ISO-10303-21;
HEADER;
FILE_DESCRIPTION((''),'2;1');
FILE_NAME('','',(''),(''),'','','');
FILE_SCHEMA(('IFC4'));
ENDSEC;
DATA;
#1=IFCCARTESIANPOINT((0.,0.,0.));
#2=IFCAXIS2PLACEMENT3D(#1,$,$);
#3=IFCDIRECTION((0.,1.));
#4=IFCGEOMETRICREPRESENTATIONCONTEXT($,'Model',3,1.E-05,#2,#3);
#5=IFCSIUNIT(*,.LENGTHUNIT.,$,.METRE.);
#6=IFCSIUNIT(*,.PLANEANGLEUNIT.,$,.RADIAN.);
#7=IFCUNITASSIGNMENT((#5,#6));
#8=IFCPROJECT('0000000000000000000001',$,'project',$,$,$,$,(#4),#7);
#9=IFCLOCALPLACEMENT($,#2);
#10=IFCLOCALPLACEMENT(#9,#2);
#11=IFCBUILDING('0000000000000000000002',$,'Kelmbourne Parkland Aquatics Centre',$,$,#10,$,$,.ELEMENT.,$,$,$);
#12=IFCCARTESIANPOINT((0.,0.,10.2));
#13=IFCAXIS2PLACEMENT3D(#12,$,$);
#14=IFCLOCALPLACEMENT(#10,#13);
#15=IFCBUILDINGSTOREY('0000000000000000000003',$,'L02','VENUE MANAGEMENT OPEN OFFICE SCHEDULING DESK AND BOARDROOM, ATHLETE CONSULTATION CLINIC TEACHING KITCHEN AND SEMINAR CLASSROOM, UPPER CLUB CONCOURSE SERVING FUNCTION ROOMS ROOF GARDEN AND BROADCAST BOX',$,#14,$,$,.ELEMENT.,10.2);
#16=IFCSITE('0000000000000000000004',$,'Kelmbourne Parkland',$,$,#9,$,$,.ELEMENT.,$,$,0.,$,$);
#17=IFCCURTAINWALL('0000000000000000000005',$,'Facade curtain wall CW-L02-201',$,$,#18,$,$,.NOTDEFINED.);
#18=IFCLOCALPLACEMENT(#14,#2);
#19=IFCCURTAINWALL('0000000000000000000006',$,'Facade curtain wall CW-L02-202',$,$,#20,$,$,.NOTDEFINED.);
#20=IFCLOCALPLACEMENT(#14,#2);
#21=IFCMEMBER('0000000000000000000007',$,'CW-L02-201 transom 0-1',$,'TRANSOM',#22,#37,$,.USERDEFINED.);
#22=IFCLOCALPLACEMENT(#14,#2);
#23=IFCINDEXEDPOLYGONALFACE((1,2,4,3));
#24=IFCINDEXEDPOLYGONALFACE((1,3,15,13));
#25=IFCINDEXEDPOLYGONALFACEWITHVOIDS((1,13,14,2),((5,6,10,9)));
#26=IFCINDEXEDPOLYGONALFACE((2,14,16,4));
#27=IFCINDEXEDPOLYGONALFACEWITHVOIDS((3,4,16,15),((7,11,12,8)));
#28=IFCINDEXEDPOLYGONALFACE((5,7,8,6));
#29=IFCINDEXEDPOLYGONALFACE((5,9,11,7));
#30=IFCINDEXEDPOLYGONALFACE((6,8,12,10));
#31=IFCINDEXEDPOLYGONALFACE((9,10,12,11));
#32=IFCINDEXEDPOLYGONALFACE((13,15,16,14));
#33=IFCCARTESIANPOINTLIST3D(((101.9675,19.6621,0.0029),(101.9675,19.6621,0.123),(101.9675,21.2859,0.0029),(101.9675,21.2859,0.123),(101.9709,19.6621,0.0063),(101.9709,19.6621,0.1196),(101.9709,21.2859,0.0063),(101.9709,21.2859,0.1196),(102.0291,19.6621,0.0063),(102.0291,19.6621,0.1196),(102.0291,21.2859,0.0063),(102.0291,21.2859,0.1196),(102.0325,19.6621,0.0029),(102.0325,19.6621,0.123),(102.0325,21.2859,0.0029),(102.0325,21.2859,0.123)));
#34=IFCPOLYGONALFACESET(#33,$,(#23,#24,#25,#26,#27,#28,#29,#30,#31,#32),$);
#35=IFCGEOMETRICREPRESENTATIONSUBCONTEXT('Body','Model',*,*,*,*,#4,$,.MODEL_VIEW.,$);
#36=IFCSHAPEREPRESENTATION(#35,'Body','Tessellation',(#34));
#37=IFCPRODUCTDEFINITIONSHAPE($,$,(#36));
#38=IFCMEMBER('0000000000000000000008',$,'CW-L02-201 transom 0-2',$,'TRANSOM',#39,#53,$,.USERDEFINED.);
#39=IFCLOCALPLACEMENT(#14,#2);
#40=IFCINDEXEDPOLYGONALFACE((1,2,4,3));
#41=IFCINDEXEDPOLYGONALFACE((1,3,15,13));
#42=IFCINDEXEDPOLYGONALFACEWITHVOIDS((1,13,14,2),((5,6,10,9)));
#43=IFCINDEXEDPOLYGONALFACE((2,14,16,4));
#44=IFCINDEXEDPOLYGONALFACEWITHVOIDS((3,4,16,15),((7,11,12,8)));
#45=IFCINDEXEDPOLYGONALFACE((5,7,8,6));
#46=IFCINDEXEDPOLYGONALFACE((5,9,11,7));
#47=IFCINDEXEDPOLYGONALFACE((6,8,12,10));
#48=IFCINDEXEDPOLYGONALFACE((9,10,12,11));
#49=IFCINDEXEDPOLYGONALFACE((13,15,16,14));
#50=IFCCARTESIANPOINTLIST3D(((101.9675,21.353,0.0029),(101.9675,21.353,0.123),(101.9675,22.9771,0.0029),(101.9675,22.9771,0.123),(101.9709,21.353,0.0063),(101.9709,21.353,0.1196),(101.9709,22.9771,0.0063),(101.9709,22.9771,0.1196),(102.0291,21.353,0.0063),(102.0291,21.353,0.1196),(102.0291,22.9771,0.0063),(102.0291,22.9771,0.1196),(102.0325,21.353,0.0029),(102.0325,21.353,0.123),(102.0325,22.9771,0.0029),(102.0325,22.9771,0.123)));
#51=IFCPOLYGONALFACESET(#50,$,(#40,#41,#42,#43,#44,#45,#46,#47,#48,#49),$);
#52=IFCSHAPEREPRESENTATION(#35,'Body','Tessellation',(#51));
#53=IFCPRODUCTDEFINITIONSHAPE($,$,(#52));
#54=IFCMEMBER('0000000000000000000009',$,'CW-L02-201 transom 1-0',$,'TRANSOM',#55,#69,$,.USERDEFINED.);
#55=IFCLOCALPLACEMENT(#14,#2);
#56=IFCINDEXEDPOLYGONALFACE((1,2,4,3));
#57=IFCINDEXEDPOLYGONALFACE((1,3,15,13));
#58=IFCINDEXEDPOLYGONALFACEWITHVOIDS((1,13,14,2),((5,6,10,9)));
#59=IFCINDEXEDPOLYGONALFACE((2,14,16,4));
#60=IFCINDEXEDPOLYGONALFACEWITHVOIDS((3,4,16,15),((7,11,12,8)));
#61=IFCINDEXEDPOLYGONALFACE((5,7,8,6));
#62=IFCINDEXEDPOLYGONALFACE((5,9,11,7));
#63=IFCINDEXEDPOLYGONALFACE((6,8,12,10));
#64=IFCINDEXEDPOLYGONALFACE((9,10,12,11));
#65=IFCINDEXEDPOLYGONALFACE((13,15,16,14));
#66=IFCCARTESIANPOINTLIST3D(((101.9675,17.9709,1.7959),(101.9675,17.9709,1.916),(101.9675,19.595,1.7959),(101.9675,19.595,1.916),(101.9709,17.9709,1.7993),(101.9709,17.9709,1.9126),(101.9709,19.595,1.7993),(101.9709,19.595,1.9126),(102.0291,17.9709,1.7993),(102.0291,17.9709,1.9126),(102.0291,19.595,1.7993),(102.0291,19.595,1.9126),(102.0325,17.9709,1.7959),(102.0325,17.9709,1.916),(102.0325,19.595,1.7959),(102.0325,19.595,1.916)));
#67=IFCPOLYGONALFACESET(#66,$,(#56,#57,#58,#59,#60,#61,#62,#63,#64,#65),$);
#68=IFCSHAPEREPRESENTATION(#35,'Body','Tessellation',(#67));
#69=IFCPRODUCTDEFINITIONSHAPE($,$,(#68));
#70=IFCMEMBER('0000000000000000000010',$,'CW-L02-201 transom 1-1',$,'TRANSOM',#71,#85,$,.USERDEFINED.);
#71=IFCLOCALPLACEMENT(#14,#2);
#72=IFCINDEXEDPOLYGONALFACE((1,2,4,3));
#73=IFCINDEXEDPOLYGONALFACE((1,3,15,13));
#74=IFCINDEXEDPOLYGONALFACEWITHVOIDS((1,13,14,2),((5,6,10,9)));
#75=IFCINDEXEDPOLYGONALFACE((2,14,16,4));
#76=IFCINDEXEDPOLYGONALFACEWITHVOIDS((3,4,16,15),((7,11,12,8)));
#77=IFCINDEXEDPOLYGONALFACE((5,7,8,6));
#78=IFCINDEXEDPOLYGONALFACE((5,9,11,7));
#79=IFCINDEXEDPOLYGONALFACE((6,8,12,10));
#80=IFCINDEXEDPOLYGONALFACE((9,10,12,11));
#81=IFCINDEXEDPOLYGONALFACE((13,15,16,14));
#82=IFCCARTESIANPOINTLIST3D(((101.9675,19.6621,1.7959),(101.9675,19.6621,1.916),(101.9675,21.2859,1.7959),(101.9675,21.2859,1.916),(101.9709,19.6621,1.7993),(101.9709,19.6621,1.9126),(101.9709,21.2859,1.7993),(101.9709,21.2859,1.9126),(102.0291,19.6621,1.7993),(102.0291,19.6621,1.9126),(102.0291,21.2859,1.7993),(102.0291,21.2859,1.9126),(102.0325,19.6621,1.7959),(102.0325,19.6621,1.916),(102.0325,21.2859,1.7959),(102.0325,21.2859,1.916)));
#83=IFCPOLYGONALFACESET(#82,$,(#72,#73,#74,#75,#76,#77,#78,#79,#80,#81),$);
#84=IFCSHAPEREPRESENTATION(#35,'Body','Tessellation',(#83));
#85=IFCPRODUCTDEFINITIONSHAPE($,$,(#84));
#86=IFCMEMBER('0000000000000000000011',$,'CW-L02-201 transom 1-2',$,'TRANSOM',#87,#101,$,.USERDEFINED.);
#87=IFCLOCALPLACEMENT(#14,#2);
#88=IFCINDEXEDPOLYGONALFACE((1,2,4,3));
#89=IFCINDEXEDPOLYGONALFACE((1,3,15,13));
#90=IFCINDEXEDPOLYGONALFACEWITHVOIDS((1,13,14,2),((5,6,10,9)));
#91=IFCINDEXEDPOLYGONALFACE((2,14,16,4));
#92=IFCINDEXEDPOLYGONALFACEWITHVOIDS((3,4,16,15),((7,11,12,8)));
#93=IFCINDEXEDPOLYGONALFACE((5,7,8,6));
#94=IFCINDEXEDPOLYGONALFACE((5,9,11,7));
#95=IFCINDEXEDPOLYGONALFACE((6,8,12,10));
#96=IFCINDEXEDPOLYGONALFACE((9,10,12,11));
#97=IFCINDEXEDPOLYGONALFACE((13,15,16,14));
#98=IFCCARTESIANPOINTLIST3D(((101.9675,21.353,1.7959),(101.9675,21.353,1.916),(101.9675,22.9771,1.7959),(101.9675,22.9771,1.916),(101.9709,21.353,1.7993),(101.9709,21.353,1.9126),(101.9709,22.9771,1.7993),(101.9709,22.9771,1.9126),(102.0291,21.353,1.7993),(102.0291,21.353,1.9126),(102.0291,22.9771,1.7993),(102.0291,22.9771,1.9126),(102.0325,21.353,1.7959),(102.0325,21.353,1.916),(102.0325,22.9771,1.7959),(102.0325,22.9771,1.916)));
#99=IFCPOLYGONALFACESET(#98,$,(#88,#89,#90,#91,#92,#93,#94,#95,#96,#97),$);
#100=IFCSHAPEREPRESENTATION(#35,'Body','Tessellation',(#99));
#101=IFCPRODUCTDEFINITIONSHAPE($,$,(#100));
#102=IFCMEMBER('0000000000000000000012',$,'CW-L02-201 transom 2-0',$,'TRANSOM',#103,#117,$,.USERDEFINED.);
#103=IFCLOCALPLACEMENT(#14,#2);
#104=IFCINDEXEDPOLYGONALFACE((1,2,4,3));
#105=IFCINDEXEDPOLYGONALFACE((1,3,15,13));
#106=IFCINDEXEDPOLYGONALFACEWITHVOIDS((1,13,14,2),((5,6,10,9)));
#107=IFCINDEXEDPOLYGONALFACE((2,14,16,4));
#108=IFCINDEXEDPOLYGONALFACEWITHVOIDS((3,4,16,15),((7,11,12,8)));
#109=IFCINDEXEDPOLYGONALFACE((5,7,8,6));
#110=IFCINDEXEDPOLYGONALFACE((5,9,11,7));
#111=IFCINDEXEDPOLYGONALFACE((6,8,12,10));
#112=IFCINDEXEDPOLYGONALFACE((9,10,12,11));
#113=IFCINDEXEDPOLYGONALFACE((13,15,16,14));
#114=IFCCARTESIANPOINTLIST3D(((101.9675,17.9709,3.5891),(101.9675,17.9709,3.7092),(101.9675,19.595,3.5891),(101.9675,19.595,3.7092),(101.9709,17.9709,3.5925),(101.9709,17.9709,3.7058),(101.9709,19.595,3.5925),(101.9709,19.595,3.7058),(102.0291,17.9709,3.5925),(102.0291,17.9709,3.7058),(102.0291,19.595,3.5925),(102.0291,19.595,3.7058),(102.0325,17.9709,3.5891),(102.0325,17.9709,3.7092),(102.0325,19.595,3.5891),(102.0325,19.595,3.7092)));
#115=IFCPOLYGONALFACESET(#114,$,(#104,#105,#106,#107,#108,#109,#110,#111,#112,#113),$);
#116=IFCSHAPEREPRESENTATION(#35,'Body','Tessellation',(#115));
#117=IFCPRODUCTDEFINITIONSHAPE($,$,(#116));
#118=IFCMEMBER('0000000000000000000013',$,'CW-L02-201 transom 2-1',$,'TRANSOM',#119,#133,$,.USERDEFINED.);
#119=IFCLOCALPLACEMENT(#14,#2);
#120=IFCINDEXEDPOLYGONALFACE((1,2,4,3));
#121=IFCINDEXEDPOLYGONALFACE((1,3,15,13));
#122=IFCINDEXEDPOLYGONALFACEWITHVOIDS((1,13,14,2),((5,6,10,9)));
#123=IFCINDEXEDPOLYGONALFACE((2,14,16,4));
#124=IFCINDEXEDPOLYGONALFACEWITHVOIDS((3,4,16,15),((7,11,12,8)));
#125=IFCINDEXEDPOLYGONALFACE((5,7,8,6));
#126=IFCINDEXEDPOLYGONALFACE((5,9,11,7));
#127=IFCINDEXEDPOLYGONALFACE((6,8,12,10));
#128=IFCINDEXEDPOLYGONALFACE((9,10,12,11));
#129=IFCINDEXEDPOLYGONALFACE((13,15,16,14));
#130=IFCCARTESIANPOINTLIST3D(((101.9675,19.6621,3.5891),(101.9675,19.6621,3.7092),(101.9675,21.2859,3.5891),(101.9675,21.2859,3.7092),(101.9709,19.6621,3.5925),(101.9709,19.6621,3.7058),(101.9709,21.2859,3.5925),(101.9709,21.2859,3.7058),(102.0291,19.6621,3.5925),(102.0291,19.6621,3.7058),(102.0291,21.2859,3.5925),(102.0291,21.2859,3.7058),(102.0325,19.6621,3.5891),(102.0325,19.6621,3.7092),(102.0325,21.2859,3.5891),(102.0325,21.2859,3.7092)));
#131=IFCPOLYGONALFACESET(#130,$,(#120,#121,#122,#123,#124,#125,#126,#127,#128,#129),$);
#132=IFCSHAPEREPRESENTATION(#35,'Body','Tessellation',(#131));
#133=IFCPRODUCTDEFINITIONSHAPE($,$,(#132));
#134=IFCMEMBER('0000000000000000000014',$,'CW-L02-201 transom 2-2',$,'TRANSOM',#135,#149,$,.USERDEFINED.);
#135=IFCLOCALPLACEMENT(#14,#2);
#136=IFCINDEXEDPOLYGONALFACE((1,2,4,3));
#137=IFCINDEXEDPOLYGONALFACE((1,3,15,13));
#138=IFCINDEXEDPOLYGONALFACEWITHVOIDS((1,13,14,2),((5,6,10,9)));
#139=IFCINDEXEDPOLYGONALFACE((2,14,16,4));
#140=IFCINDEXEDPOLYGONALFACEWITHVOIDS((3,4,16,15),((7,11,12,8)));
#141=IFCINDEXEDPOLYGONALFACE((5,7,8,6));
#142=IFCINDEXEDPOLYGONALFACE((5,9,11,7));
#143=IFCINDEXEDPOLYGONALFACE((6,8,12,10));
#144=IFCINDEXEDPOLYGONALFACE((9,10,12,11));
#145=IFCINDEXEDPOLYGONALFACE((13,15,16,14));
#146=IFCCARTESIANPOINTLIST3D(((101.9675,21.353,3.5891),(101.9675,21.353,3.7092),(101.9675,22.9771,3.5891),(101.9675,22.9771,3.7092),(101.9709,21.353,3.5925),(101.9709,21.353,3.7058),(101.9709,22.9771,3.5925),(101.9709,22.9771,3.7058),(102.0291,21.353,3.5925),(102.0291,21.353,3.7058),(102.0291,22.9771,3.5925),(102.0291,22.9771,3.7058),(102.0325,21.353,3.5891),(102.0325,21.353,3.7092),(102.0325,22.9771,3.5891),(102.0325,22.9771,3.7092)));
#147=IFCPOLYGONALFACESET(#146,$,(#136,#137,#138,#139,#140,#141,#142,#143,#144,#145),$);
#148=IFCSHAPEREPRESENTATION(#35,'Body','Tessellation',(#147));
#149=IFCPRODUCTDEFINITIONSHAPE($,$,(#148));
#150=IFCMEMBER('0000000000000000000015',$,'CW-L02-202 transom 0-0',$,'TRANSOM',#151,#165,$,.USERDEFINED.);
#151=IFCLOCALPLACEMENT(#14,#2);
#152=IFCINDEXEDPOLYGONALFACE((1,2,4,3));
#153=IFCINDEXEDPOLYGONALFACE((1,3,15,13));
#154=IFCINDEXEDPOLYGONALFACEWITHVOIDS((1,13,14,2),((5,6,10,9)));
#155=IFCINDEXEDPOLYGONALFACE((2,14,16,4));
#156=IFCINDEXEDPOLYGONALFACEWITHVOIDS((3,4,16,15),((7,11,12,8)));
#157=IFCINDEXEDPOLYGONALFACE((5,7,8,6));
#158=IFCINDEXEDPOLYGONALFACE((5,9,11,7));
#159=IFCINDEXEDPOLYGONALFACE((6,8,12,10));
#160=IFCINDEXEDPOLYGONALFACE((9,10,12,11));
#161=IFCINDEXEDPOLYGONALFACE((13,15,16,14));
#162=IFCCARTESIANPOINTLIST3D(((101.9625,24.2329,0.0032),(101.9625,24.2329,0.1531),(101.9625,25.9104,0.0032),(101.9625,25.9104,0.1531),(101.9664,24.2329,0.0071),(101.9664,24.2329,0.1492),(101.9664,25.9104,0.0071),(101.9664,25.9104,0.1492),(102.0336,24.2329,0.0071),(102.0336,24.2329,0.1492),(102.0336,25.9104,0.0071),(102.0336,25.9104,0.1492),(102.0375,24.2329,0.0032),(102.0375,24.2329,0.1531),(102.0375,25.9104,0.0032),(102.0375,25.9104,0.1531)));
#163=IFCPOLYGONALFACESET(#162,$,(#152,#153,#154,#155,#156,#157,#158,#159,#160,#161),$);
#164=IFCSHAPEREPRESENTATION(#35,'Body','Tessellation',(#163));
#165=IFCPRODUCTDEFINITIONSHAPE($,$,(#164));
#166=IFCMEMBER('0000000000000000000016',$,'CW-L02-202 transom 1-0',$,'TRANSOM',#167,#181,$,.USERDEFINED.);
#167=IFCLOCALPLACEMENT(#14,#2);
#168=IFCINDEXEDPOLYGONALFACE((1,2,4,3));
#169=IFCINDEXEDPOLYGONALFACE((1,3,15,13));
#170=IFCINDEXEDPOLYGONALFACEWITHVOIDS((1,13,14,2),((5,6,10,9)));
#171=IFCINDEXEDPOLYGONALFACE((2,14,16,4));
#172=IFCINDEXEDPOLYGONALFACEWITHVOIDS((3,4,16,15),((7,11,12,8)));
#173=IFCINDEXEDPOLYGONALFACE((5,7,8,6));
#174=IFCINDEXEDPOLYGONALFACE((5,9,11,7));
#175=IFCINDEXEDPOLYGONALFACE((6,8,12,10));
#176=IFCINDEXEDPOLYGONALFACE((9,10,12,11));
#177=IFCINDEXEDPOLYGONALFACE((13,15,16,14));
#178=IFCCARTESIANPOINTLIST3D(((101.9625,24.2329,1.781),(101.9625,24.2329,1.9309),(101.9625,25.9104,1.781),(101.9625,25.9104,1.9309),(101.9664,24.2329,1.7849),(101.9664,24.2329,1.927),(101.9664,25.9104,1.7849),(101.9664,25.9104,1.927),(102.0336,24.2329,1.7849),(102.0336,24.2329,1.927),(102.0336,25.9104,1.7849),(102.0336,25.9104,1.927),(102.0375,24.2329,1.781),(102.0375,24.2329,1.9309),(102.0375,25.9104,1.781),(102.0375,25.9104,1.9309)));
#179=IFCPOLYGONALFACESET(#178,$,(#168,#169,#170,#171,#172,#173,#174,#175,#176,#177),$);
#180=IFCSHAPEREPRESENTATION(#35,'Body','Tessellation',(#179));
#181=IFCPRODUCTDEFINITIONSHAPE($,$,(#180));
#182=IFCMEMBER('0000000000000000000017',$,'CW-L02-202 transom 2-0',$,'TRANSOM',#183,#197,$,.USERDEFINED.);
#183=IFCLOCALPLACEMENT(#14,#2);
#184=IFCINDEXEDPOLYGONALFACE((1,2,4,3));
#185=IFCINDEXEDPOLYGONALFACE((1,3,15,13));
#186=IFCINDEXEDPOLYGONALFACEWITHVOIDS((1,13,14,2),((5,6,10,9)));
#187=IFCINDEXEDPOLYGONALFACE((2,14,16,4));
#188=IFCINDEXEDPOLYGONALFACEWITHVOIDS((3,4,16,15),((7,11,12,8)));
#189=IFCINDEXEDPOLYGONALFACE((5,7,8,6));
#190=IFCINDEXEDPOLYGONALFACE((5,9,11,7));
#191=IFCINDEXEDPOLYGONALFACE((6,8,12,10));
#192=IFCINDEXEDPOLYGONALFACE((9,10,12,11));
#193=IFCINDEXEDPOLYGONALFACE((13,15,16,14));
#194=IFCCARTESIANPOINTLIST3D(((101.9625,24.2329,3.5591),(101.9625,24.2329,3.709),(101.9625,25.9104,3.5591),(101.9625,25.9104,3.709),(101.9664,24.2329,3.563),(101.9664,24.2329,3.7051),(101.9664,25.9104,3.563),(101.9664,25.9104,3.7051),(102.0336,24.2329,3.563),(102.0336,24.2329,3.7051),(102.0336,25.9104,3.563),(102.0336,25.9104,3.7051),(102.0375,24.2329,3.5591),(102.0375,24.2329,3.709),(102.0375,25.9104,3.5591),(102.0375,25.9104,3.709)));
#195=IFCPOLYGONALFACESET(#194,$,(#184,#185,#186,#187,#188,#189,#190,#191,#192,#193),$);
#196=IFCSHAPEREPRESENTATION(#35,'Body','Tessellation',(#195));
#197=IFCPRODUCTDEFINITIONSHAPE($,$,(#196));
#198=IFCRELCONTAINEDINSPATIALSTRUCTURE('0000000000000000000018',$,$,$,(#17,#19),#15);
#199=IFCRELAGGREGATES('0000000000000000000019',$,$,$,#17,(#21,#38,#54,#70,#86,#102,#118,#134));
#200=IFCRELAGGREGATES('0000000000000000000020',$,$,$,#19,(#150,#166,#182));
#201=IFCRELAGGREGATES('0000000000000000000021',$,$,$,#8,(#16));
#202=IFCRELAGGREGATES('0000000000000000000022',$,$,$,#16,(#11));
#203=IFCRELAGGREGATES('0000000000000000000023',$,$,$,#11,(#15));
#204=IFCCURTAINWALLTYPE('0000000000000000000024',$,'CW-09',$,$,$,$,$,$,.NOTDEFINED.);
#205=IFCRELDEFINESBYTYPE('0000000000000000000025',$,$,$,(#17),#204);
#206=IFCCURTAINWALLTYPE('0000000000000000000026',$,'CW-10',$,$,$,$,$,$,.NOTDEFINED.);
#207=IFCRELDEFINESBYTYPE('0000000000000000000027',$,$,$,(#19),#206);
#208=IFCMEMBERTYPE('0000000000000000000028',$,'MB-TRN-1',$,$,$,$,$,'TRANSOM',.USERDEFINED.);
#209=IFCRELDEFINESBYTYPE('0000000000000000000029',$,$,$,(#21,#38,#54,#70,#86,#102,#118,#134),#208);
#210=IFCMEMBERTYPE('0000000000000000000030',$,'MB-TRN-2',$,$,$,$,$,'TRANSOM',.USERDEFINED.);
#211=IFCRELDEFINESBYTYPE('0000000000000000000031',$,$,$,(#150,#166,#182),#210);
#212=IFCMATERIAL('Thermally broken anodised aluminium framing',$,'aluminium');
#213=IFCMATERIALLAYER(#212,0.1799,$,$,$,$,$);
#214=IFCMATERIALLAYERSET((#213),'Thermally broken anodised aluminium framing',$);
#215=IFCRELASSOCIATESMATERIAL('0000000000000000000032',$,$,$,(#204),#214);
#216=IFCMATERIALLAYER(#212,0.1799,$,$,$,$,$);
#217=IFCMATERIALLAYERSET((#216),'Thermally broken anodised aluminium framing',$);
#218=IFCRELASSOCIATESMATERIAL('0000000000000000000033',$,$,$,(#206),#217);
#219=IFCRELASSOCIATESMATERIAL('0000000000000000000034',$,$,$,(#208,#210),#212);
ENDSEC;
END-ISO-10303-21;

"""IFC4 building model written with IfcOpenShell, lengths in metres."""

from ifc_helpers import new_model, si_unit, direction, frame, origin, origin_2d, place, context, subcontext, project, spatial, hollow_rectangle, extrude, material, layer, layer_set, material_profile, profile_set, type_object, element, aggregate, save


model = new_model("IFC4")

# Units and contexts
model_context = context("Model", 3, precision=1e-05, world=origin(), true_north=direction((0.0, 1.0)))
body_context = subcontext(model_context, "Body", "Model", "MODEL_VIEW")
ifc_project = project(units=[si_unit("LENGTHUNIT", "METRE"), si_unit("PLANEANGLEUNIT", "RADIAN")], contexts=[model_context])

# Site, building, storey
site_placement = place(None, origin())
site = spatial("IfcSite", under=ifc_project, at=site_placement, Name="Kelmbourne Parkland", CompositionType="ELEMENT", RefElevation=0.0)
building_placement = place(site_placement, origin())
building = spatial("IfcBuilding", under=site, at=building_placement, Name="Kelmbourne Parkland Aquatics Centre", CompositionType="ELEMENT")
storey_placement = place(building_placement, frame((0.0, 0.0, 10.2)))
storey = spatial("IfcBuildingStorey", under=building, at=storey_placement, Name="L02", Description="VENUE MANAGEMENT OPEN OFFICE SCHEDULING DESK AND BOARDROOM, ATHLETE CONSULTATION CLINIC TEACHING KITCHEN AND SEMINAR CLASSROOM, UPPER CLUB CONCOURSE SERVING FUNCTION ROOMS ROOF GARDEN AND BROADCAST BOX", CompositionType="ELEMENT", Elevation=10.2)

# Shared definitions
ifc_material_1 = material(Name="Thermally broken anodised aluminium framing", Category="aluminium")

# Curtain wall
ifc_layer_1 = layer(ifc_material_1, 0.1799)
ifc_layer_set_1 = layer_set([ifc_layer_1], Name="Thermally broken anodised aluminium framing")
curtain_wall_type_1 = type_object("IfcCurtainWallType", Name="CW-09", PredefinedType="NOTDEFINED", material=ifc_layer_set_1)
curtain_wall_1_placement = place(storey_placement, origin())
curtain_wall_1 = element("IfcCurtainWall", 1, at=curtain_wall_1_placement, inside=storey, type_object=curtain_wall_type_1, Name="Facade curtain wall CW-L02-201", PredefinedType="NOTDEFINED")

# Curtain wall
ifc_layer_2 = layer(ifc_material_1, 0.1799)
ifc_layer_set_2 = layer_set([ifc_layer_2], Name="Thermally broken anodised aluminium framing")
curtain_wall_type_2 = type_object("IfcCurtainWallType", Name="CW-10", PredefinedType="NOTDEFINED", material=ifc_layer_set_2)
curtain_wall_2_placement = place(storey_placement, origin())
curtain_wall_2 = element("IfcCurtainWall", 2, at=curtain_wall_2_placement, inside=storey, type_object=curtain_wall_type_2, Name="Facade curtain wall CW-L02-202", PredefinedType="NOTDEFINED")

# Members
ifc_material_profile_1 = material_profile(ifc_material_1, hollow_rectangle(XDim=0.0649, YDim=0.1201, WallThickness=0.0034, at=origin_2d()), Name="CW-T 65x120")
ifc_profile_set_1 = profile_set([ifc_material_profile_1], Name="Thermally broken anodised aluminium framing")
member_type_1 = type_object("IfcMemberType", Name="MB-TRN-1", ElementType="TRANSOM", PredefinedType="USERDEFINED", material=ifc_profile_set_1)
member_1_placement = place(storey_placement, frame((102.0, 19.6621, 0.063), z_axis=(0.0, 1.0, 0.0), x_axis=(-1.0, 0.0, 0.0)))
member_1 = element("IfcMember", 3, at=member_1_placement, type_object=member_type_1, Name="CW-L02-201 transom 0-1", ObjectType="TRANSOM", PredefinedType="USERDEFINED", context=body_context, shape_type="SweptSolid", body=[
    extrude(hollow_rectangle(XDim=0.0649, YDim=0.1201, WallThickness=0.0034, at=origin_2d()), origin(), (0.0, 0.0, 1.0), 1.6238),
])
member_2_placement = place(storey_placement, frame((102.0, 21.353, 0.063), z_axis=(0.0, 1.0, 0.0), x_axis=(-1.0, 0.0, 0.0)))
member_2 = element("IfcMember", 4, at=member_2_placement, type_object=member_type_1, Name="CW-L02-201 transom 0-2", ObjectType="TRANSOM", PredefinedType="USERDEFINED", context=body_context, shape_type="SweptSolid", body=[
    extrude(hollow_rectangle(XDim=0.0649, YDim=0.1201, WallThickness=0.0034, at=origin_2d()), origin(), (0.0, 0.0, 1.0), 1.624),
])
member_3_placement = place(storey_placement, frame((102.0, 17.9709, 1.856), z_axis=(0.0, 1.0, 0.0), x_axis=(-1.0, 0.0, 0.0)))
member_3 = element("IfcMember", 5, at=member_3_placement, type_object=member_type_1, Name="CW-L02-201 transom 1-0", ObjectType="TRANSOM", PredefinedType="USERDEFINED", context=body_context, shape_type="SweptSolid", body=[
    extrude(hollow_rectangle(XDim=0.0649, YDim=0.1201, WallThickness=0.0034, at=origin_2d()), origin(), (0.0, 0.0, 1.0), 1.624),
])
member_4_placement = place(storey_placement, frame((102.0, 19.6621, 1.856), z_axis=(0.0, 1.0, 0.0), x_axis=(-1.0, 0.0, 0.0)))
member_4 = element("IfcMember", 6, at=member_4_placement, type_object=member_type_1, Name="CW-L02-201 transom 1-1", ObjectType="TRANSOM", PredefinedType="USERDEFINED", context=body_context, shape_type="SweptSolid", body=[
    extrude(hollow_rectangle(XDim=0.0649, YDim=0.1201, WallThickness=0.0034, at=origin_2d()), origin(), (0.0, 0.0, 1.0), 1.6238),
])
member_5_placement = place(storey_placement, frame((102.0, 21.353, 1.856), z_axis=(0.0, 1.0, 0.0), x_axis=(-1.0, 0.0, 0.0)))
member_5 = element("IfcMember", 7, at=member_5_placement, type_object=member_type_1, Name="CW-L02-201 transom 1-2", ObjectType="TRANSOM", PredefinedType="USERDEFINED", context=body_context, shape_type="SweptSolid", body=[
    extrude(hollow_rectangle(XDim=0.0649, YDim=0.1201, WallThickness=0.0034, at=origin_2d()), origin(), (0.0, 0.0, 1.0), 1.624),
])
member_6_placement = place(storey_placement, frame((102.0, 17.9709, 3.6492), z_axis=(0.0, 1.0, 0.0), x_axis=(-1.0, 0.0, 0.0)))
member_6 = element("IfcMember", 8, at=member_6_placement, type_object=member_type_1, Name="CW-L02-201 transom 2-0", ObjectType="TRANSOM", PredefinedType="USERDEFINED", context=body_context, shape_type="SweptSolid", body=[
    extrude(hollow_rectangle(XDim=0.0649, YDim=0.1201, WallThickness=0.0034, at=origin_2d()), origin(), (0.0, 0.0, 1.0), 1.624),
])
member_7_placement = place(storey_placement, frame((102.0, 19.6621, 3.6492), z_axis=(0.0, 1.0, 0.0), x_axis=(-1.0, 0.0, 0.0)))
member_7 = element("IfcMember", 9, at=member_7_placement, type_object=member_type_1, Name="CW-L02-201 transom 2-1", ObjectType="TRANSOM", PredefinedType="USERDEFINED", context=body_context, shape_type="SweptSolid", body=[
    extrude(hollow_rectangle(XDim=0.0649, YDim=0.1201, WallThickness=0.0034, at=origin_2d()), origin(), (0.0, 0.0, 1.0), 1.6238),
])
member_8_placement = place(storey_placement, frame((102.0, 21.353, 3.6492), z_axis=(0.0, 1.0, 0.0), x_axis=(-1.0, 0.0, 0.0)))
member_8 = element("IfcMember", 10, at=member_8_placement, type_object=member_type_1, Name="CW-L02-201 transom 2-2", ObjectType="TRANSOM", PredefinedType="USERDEFINED", context=body_context, shape_type="SweptSolid", body=[
    extrude(hollow_rectangle(XDim=0.0649, YDim=0.1201, WallThickness=0.0034, at=origin_2d()), origin(), (0.0, 0.0, 1.0), 1.624),
])
ifc_material_profile_2 = material_profile(ifc_material_1, hollow_rectangle(XDim=0.075, YDim=0.1499, WallThickness=0.0039, at=origin_2d()), Name="CW-T 75x150")
ifc_profile_set_2 = profile_set([ifc_material_profile_2], Name="Thermally broken anodised aluminium framing")
member_type_2 = type_object("IfcMemberType", Name="MB-TRN-2", ElementType="TRANSOM", PredefinedType="USERDEFINED", material=ifc_profile_set_2)
member_9_placement = place(storey_placement, frame((102.0, 24.2329, 0.0781), z_axis=(0.0, 1.0, 0.0), x_axis=(-1.0, 0.0, 0.0)))
member_9 = element("IfcMember", 11, at=member_9_placement, type_object=member_type_2, Name="CW-L02-202 transom 0-0", ObjectType="TRANSOM", PredefinedType="USERDEFINED", context=body_context, shape_type="SweptSolid", body=[
    extrude(hollow_rectangle(XDim=0.075, YDim=0.1499, WallThickness=0.0039, at=origin_2d()), origin(), (0.0, 0.0, 1.0), 1.6775),
])
member_10_placement = place(storey_placement, frame((102.0, 24.2329, 1.856), z_axis=(0.0, 1.0, 0.0), x_axis=(-1.0, 0.0, 0.0)))
member_10 = element("IfcMember", 12, at=member_10_placement, type_object=member_type_2, Name="CW-L02-202 transom 1-0", ObjectType="TRANSOM", PredefinedType="USERDEFINED", context=body_context, shape_type="SweptSolid", body=[
    extrude(hollow_rectangle(XDim=0.075, YDim=0.1499, WallThickness=0.0039, at=origin_2d()), origin(), (0.0, 0.0, 1.0), 1.6775),
])
member_11_placement = place(storey_placement, frame((102.0, 24.2329, 3.634), z_axis=(0.0, 1.0, 0.0), x_axis=(-1.0, 0.0, 0.0)))
member_11 = element("IfcMember", 13, at=member_11_placement, type_object=member_type_2, Name="CW-L02-202 transom 2-0", ObjectType="TRANSOM", PredefinedType="USERDEFINED", context=body_context, shape_type="SweptSolid", body=[
    extrude(hollow_rectangle(XDim=0.075, YDim=0.1499, WallThickness=0.0039, at=origin_2d()), origin(), (0.0, 0.0, 1.0), 1.6775),
])

aggregate(curtain_wall_1, [member_1, member_2, member_3, member_4, member_5, member_6, member_7, member_8])
aggregate(curtain_wall_2, [member_9, member_10, member_11])

save(model, "model.ifc")
